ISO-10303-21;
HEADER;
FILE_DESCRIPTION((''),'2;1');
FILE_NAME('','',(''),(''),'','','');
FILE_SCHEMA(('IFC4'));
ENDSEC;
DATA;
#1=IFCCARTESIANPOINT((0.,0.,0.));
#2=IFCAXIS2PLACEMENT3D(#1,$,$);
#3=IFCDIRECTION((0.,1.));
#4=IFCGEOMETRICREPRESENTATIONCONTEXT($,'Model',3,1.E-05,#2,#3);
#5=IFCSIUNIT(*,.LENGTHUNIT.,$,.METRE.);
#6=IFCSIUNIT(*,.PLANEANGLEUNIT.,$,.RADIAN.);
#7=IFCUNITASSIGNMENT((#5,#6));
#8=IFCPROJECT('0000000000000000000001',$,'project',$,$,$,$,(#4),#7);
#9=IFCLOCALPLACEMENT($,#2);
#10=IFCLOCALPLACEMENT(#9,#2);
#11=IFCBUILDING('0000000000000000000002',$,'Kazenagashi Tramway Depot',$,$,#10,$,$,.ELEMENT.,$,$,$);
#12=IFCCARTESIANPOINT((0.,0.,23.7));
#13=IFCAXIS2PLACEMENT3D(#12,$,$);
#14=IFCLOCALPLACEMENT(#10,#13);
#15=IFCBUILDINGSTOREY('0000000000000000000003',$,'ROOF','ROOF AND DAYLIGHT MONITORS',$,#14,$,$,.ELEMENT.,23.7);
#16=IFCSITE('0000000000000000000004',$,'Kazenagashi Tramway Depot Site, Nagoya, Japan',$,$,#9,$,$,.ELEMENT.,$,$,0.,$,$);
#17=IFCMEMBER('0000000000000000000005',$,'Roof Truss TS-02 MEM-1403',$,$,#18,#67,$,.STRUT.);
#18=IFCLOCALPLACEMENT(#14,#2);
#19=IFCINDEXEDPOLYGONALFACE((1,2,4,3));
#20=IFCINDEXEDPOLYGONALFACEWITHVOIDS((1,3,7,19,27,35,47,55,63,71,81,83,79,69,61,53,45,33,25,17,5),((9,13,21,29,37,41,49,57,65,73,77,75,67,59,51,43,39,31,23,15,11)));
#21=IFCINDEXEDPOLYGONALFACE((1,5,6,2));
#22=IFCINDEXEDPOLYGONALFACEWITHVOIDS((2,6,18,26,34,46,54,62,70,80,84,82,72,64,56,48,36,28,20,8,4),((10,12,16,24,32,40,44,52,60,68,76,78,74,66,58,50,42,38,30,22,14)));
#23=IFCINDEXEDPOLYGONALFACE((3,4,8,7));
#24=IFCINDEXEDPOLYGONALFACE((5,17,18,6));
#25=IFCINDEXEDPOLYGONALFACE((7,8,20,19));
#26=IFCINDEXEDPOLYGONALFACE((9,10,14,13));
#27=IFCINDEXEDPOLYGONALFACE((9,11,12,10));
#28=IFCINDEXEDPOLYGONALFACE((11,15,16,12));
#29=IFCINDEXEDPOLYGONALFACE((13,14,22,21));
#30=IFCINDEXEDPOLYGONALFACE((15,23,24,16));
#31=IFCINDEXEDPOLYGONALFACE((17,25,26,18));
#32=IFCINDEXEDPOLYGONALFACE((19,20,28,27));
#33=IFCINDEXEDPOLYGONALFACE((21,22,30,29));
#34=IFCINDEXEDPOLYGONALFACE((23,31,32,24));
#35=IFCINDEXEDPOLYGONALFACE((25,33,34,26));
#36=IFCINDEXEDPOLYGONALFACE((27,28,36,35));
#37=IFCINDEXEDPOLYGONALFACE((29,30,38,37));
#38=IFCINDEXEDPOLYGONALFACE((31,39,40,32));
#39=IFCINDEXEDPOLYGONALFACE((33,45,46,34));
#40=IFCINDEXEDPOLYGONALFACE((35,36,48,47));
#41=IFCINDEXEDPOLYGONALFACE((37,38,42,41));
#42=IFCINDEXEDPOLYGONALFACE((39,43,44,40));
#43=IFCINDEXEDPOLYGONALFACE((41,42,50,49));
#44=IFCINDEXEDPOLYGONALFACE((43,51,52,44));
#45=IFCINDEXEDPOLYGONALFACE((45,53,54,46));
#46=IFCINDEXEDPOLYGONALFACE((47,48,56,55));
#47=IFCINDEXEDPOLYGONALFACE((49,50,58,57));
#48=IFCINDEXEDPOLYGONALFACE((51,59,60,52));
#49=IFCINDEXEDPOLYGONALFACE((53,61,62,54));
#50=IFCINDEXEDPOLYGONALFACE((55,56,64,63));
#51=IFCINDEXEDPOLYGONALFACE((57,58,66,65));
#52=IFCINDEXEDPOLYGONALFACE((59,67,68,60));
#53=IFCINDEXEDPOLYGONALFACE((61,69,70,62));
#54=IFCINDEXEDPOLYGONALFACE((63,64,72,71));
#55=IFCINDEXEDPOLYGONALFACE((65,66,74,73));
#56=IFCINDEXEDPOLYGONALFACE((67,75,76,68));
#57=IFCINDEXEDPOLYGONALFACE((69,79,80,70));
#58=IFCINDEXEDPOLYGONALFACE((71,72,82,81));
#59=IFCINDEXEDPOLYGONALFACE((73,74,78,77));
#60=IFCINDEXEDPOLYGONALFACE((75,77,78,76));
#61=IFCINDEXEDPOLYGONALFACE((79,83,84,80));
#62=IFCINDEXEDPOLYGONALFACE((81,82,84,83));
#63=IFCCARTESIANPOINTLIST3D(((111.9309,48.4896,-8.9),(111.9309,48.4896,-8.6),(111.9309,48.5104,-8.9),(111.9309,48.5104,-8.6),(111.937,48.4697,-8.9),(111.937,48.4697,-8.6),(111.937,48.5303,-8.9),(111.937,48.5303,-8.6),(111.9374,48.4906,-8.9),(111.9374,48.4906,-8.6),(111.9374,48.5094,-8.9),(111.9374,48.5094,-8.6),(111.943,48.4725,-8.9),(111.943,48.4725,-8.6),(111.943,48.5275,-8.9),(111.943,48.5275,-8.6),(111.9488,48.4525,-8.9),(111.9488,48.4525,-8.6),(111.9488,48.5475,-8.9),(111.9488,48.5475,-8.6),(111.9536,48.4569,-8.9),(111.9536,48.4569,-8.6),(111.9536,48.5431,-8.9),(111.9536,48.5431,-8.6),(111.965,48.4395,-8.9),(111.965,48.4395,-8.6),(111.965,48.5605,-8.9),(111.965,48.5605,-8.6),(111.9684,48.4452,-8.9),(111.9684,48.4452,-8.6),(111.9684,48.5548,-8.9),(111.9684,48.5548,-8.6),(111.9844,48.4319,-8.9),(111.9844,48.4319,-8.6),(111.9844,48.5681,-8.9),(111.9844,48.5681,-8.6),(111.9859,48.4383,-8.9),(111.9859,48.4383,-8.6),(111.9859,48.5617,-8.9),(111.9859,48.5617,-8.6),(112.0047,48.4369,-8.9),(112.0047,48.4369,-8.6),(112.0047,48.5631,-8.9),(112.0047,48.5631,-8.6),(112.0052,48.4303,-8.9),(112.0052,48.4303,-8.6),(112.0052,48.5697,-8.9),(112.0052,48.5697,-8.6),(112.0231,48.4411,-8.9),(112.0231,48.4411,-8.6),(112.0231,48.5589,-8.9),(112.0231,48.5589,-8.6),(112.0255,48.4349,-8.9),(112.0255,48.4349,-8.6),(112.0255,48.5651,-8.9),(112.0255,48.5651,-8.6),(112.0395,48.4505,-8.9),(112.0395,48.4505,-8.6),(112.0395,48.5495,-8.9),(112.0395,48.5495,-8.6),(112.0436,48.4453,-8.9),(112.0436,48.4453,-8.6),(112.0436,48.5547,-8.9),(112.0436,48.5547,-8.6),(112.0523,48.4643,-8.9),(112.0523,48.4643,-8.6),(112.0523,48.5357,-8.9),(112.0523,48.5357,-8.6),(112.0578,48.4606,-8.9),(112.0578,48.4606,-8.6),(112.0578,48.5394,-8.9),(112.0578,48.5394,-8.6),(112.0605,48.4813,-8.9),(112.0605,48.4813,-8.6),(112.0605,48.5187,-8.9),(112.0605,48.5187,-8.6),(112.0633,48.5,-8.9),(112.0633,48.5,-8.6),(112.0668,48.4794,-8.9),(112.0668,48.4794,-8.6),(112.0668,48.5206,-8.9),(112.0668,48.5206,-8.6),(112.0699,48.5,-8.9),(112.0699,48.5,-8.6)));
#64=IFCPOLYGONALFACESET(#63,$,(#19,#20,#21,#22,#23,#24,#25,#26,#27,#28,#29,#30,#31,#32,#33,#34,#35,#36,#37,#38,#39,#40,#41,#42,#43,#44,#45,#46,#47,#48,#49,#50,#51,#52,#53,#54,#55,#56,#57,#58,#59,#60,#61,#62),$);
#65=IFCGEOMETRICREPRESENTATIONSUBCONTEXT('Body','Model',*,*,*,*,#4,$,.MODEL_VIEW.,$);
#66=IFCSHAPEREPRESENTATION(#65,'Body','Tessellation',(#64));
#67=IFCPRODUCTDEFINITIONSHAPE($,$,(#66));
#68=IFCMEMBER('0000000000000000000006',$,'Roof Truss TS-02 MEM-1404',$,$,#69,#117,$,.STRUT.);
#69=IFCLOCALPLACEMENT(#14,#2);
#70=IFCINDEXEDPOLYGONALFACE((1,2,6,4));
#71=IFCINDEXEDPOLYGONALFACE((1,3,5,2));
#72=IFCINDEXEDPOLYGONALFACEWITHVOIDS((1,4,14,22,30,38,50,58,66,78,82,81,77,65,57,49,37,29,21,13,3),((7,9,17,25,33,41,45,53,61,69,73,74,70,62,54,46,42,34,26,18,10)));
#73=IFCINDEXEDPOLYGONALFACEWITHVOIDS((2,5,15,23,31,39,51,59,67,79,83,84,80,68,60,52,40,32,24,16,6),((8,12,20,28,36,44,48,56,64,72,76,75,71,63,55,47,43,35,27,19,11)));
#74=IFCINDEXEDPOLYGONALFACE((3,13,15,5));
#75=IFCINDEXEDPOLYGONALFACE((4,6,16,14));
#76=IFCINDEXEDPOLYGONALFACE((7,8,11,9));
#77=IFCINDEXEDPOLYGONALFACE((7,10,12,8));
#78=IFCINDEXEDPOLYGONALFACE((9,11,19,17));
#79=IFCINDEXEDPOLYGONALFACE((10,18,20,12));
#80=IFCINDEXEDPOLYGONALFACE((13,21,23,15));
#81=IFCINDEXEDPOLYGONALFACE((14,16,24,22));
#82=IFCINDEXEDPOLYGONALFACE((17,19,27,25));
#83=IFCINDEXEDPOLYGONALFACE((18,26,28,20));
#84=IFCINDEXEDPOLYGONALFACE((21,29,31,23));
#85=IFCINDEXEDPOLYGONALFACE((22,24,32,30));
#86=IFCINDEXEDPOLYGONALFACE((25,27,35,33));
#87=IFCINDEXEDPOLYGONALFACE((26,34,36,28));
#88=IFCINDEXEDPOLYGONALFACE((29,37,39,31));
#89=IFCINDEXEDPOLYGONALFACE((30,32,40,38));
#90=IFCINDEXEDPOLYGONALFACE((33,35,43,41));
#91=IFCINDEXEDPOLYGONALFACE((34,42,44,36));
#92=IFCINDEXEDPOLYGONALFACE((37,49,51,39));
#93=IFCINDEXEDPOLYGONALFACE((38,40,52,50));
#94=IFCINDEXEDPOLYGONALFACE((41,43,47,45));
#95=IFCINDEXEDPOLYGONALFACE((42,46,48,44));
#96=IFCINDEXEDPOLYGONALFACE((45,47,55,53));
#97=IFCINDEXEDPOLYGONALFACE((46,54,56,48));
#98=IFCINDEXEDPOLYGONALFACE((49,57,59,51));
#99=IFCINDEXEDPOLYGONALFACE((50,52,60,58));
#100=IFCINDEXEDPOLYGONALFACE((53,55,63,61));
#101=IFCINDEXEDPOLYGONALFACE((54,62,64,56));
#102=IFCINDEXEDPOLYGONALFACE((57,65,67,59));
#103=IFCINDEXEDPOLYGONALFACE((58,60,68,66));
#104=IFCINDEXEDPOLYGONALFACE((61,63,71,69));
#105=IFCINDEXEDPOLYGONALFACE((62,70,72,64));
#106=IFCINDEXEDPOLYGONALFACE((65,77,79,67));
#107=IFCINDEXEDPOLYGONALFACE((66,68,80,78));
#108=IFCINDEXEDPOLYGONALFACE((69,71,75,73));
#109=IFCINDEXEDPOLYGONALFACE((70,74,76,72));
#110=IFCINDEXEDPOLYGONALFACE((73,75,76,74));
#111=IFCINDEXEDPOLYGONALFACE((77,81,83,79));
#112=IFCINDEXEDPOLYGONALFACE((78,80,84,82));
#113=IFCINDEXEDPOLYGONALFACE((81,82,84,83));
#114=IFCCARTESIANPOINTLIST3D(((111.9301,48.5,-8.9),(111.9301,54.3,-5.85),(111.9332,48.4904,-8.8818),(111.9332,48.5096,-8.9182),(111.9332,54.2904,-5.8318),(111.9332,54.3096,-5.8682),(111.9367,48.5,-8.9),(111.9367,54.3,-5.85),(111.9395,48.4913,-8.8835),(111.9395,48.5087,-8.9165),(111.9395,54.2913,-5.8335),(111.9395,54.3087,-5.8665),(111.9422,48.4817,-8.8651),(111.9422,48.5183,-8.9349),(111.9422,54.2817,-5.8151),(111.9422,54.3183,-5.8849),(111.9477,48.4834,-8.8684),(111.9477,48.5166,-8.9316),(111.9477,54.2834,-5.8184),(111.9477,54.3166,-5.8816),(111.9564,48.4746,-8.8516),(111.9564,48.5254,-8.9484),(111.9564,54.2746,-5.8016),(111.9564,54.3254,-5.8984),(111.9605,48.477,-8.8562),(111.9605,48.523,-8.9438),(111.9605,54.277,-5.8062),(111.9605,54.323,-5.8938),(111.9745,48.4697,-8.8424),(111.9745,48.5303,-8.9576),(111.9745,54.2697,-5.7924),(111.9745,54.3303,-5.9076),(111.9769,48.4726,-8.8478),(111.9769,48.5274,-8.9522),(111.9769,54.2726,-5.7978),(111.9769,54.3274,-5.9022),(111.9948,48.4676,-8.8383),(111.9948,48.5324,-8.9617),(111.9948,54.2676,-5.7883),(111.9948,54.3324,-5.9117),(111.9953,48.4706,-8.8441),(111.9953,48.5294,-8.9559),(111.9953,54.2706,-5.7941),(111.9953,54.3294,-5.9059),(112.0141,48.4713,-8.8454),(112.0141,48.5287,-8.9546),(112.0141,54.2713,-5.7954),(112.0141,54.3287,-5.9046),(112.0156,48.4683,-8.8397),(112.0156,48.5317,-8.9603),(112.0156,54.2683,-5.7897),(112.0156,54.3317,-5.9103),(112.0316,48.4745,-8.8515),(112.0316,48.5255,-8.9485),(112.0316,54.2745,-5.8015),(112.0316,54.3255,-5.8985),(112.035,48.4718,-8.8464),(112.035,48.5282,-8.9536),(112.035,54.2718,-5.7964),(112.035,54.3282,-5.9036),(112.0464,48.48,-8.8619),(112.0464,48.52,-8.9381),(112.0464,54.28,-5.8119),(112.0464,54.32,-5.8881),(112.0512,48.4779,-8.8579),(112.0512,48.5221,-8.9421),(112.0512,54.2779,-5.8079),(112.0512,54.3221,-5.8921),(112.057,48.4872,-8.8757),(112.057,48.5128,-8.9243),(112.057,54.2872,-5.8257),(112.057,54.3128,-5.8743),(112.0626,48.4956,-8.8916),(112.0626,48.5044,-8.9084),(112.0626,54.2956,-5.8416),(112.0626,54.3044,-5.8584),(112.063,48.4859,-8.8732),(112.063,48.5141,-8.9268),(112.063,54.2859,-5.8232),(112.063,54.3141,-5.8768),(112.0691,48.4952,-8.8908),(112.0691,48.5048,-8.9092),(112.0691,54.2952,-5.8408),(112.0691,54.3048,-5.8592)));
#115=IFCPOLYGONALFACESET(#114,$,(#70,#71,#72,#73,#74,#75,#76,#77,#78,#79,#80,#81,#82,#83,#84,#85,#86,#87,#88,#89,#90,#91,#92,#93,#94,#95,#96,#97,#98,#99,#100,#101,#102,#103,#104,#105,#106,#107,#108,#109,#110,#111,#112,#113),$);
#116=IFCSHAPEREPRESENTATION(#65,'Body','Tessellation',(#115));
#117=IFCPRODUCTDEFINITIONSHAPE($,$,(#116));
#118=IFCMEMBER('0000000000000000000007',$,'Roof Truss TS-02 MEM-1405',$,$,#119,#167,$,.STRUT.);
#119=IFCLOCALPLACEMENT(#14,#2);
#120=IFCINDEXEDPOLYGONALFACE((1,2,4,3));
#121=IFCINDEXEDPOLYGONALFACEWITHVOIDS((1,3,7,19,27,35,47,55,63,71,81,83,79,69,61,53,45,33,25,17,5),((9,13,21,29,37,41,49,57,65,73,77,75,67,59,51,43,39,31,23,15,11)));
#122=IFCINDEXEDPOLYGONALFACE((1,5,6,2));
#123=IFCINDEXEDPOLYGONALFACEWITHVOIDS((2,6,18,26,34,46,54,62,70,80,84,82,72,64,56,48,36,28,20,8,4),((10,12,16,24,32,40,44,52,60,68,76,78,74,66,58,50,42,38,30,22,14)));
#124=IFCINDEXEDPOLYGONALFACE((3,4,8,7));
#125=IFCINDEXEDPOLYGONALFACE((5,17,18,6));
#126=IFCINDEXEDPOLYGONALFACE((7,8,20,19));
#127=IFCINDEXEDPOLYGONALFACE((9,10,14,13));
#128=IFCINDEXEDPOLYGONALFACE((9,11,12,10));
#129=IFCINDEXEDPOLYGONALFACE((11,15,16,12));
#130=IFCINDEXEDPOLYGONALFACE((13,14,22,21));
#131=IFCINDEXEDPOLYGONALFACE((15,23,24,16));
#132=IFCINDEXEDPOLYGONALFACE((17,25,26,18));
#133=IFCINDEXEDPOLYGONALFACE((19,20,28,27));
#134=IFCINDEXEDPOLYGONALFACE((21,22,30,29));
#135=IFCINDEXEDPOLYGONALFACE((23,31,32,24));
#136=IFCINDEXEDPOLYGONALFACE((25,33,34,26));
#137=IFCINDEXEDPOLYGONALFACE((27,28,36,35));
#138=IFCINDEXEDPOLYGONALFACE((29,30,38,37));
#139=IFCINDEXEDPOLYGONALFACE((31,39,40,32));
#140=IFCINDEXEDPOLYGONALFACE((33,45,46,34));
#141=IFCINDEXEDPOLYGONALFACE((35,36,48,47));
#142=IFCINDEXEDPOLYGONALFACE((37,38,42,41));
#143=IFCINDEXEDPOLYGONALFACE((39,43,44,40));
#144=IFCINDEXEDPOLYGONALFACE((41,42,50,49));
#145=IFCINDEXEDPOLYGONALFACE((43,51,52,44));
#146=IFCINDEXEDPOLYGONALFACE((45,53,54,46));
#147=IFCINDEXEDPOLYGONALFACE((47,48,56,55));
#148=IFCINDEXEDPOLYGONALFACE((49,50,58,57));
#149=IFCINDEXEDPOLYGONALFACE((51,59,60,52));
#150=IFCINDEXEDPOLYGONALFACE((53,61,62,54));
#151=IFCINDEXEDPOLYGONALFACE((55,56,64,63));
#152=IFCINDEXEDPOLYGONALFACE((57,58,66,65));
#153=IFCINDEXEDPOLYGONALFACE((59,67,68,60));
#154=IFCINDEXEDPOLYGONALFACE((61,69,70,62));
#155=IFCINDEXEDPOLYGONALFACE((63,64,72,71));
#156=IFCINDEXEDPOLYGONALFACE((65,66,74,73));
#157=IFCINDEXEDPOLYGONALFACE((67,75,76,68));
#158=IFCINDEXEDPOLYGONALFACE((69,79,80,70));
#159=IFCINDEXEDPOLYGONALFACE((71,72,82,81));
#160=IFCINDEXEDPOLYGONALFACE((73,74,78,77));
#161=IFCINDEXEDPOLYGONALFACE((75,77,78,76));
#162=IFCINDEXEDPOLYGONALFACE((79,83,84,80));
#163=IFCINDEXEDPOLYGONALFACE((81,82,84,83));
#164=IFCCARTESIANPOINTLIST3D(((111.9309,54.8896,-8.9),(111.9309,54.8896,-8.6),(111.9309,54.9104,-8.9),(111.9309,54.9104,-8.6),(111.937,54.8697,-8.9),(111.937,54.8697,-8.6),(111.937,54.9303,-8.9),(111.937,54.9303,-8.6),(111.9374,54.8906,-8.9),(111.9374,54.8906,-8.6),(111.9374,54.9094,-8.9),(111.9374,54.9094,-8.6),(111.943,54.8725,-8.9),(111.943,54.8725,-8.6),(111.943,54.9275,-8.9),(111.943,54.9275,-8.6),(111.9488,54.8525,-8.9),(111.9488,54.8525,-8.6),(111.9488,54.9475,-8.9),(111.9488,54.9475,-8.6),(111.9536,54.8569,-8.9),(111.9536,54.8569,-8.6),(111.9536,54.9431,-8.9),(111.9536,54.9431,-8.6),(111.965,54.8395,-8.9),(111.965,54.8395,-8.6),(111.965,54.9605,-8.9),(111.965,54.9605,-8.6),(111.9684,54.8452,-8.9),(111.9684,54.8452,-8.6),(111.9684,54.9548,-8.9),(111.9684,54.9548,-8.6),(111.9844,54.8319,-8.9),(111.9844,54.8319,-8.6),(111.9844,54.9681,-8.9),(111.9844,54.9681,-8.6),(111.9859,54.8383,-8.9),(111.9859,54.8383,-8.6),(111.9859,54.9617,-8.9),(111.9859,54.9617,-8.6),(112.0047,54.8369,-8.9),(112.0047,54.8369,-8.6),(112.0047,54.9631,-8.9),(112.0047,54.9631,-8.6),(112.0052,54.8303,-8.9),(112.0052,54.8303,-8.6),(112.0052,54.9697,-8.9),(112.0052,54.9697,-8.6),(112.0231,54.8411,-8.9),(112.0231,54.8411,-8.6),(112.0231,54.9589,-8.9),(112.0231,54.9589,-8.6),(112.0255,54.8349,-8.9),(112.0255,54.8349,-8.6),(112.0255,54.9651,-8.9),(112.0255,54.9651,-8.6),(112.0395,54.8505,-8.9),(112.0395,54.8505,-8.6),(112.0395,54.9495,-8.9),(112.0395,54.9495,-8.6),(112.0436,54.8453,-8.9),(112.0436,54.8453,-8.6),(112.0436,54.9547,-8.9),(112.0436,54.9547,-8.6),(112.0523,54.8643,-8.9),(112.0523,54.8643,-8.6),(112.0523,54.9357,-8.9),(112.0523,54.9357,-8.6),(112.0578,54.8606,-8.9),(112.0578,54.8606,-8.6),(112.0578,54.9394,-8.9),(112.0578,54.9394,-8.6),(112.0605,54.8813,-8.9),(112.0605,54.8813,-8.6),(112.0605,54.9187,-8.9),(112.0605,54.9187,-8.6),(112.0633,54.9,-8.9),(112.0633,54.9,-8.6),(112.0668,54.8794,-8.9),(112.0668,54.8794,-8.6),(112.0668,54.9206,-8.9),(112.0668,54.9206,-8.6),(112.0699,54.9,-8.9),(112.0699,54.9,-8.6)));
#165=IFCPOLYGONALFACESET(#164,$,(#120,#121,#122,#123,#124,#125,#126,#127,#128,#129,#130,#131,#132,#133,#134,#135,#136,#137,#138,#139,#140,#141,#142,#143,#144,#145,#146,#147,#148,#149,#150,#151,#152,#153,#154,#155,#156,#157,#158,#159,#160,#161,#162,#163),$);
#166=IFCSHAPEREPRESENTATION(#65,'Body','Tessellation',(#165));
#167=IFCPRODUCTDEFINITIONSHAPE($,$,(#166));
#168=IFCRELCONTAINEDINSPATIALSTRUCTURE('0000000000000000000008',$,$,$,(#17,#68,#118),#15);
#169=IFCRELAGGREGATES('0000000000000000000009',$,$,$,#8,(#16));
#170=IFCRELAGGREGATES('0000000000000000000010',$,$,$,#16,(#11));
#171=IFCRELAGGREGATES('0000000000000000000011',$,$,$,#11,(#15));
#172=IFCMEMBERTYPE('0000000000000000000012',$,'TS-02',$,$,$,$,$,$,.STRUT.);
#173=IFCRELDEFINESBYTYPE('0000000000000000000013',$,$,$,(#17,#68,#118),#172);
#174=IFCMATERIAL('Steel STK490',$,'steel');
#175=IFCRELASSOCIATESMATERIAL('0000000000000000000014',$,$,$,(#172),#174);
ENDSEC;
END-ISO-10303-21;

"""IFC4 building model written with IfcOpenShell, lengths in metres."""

from ifc_helpers import new_model, si_unit, direction, frame, origin, origin_2d, place, context, subcontext, project, spatial, hollow_circle, extrude, material, material_profile, profile_set, type_object, element, save


model = new_model("IFC4")

# Units and contexts
model_context = context("Model", 3, precision=1e-05, world=origin(), true_north=direction((0.0, 1.0)))
body_context = subcontext(model_context, "Body", "Model", "MODEL_VIEW")
ifc_project = project(units=[si_unit("LENGTHUNIT", "METRE"), si_unit("PLANEANGLEUNIT", "RADIAN")], contexts=[model_context])

# Site, building, storey
site_placement = place(None, origin())
site = spatial("IfcSite", under=ifc_project, at=site_placement, Name="Kazenagashi Tramway Depot Site, Nagoya, Japan", CompositionType="ELEMENT", RefElevation=0.0)
building_placement = place(site_placement, origin())
building = spatial("IfcBuilding", under=site, at=building_placement, Name="Kazenagashi Tramway Depot", CompositionType="ELEMENT")
storey_placement = place(building_placement, frame((0.0, 0.0, 23.7)))
storey = spatial("IfcBuildingStorey", under=building, at=storey_placement, Name="ROOF", Description="ROOF AND DAYLIGHT MONITORS", CompositionType="ELEMENT", Elevation=23.7)

# Members
ifc_material_1 = material(Name="Steel STK490", Category="steel")
ifc_material_profile_1 = material_profile(ifc_material_1, hollow_circle(Radius=0.0699, WallThickness=0.0066, at=origin_2d()), Name="CHS-139.8x6.6")
ifc_profile_set_1 = profile_set([ifc_material_profile_1], Name="Steel STK490")
member_type_1 = type_object("IfcMemberType", Name="TS-02", PredefinedType="STRUT", material=ifc_profile_set_1)
member_1_placement = place(storey_placement, frame((112.0, 48.5, -8.9), z_axis=(0.0, 0.0, 1.0), x_axis=(1.0, 0.0, 0.0)))
element("IfcMember", 1, at=member_1_placement, inside=storey, type_object=member_type_1, Name="Roof Truss TS-02 MEM-1403", PredefinedType="STRUT", context=body_context, shape_type="SweptSolid", body=[
    extrude(hollow_circle(Radius=0.0699, WallThickness=0.0066, at=origin_2d()), origin(), (0.0, 0.0, 1.0), 0.3),
])
member_2_placement = place(storey_placement, frame((112.0, 48.5, -8.9), z_axis=(0.0, 0.885084, 0.465432), x_axis=(-1.0, 0.0, 0.0)))
element("IfcMember", 2, at=member_2_placement, inside=storey, type_object=member_type_1, Name="Roof Truss TS-02 MEM-1404", PredefinedType="STRUT", context=body_context, shape_type="SweptSolid", body=[
    extrude(hollow_circle(Radius=0.0699, WallThickness=0.0066, at=origin_2d()), origin(), (0.0, 0.0, 1.0), 6.5531),
])
for number, where, z_axis, x_axis, name in (
    (3, (112.0, 54.9, -8.9), (0.0, 0.0, 1.0), (1.0, 0.0, 0.0), "Roof Truss TS-02 MEM-1405"),
):
    element("IfcMember", number, at=place(storey_placement, frame(where, z_axis=z_axis, x_axis=x_axis)), inside=storey, type_object=member_type_1, Name=name, PredefinedType="STRUT", context=body_context, shape_type="SweptSolid", body=[
        extrude(hollow_circle(Radius=0.0699, WallThickness=0.0066, at=origin_2d()), origin(), (0.0, 0.0, 1.0), 0.3),
    ])

save(model, "model.ifc")
